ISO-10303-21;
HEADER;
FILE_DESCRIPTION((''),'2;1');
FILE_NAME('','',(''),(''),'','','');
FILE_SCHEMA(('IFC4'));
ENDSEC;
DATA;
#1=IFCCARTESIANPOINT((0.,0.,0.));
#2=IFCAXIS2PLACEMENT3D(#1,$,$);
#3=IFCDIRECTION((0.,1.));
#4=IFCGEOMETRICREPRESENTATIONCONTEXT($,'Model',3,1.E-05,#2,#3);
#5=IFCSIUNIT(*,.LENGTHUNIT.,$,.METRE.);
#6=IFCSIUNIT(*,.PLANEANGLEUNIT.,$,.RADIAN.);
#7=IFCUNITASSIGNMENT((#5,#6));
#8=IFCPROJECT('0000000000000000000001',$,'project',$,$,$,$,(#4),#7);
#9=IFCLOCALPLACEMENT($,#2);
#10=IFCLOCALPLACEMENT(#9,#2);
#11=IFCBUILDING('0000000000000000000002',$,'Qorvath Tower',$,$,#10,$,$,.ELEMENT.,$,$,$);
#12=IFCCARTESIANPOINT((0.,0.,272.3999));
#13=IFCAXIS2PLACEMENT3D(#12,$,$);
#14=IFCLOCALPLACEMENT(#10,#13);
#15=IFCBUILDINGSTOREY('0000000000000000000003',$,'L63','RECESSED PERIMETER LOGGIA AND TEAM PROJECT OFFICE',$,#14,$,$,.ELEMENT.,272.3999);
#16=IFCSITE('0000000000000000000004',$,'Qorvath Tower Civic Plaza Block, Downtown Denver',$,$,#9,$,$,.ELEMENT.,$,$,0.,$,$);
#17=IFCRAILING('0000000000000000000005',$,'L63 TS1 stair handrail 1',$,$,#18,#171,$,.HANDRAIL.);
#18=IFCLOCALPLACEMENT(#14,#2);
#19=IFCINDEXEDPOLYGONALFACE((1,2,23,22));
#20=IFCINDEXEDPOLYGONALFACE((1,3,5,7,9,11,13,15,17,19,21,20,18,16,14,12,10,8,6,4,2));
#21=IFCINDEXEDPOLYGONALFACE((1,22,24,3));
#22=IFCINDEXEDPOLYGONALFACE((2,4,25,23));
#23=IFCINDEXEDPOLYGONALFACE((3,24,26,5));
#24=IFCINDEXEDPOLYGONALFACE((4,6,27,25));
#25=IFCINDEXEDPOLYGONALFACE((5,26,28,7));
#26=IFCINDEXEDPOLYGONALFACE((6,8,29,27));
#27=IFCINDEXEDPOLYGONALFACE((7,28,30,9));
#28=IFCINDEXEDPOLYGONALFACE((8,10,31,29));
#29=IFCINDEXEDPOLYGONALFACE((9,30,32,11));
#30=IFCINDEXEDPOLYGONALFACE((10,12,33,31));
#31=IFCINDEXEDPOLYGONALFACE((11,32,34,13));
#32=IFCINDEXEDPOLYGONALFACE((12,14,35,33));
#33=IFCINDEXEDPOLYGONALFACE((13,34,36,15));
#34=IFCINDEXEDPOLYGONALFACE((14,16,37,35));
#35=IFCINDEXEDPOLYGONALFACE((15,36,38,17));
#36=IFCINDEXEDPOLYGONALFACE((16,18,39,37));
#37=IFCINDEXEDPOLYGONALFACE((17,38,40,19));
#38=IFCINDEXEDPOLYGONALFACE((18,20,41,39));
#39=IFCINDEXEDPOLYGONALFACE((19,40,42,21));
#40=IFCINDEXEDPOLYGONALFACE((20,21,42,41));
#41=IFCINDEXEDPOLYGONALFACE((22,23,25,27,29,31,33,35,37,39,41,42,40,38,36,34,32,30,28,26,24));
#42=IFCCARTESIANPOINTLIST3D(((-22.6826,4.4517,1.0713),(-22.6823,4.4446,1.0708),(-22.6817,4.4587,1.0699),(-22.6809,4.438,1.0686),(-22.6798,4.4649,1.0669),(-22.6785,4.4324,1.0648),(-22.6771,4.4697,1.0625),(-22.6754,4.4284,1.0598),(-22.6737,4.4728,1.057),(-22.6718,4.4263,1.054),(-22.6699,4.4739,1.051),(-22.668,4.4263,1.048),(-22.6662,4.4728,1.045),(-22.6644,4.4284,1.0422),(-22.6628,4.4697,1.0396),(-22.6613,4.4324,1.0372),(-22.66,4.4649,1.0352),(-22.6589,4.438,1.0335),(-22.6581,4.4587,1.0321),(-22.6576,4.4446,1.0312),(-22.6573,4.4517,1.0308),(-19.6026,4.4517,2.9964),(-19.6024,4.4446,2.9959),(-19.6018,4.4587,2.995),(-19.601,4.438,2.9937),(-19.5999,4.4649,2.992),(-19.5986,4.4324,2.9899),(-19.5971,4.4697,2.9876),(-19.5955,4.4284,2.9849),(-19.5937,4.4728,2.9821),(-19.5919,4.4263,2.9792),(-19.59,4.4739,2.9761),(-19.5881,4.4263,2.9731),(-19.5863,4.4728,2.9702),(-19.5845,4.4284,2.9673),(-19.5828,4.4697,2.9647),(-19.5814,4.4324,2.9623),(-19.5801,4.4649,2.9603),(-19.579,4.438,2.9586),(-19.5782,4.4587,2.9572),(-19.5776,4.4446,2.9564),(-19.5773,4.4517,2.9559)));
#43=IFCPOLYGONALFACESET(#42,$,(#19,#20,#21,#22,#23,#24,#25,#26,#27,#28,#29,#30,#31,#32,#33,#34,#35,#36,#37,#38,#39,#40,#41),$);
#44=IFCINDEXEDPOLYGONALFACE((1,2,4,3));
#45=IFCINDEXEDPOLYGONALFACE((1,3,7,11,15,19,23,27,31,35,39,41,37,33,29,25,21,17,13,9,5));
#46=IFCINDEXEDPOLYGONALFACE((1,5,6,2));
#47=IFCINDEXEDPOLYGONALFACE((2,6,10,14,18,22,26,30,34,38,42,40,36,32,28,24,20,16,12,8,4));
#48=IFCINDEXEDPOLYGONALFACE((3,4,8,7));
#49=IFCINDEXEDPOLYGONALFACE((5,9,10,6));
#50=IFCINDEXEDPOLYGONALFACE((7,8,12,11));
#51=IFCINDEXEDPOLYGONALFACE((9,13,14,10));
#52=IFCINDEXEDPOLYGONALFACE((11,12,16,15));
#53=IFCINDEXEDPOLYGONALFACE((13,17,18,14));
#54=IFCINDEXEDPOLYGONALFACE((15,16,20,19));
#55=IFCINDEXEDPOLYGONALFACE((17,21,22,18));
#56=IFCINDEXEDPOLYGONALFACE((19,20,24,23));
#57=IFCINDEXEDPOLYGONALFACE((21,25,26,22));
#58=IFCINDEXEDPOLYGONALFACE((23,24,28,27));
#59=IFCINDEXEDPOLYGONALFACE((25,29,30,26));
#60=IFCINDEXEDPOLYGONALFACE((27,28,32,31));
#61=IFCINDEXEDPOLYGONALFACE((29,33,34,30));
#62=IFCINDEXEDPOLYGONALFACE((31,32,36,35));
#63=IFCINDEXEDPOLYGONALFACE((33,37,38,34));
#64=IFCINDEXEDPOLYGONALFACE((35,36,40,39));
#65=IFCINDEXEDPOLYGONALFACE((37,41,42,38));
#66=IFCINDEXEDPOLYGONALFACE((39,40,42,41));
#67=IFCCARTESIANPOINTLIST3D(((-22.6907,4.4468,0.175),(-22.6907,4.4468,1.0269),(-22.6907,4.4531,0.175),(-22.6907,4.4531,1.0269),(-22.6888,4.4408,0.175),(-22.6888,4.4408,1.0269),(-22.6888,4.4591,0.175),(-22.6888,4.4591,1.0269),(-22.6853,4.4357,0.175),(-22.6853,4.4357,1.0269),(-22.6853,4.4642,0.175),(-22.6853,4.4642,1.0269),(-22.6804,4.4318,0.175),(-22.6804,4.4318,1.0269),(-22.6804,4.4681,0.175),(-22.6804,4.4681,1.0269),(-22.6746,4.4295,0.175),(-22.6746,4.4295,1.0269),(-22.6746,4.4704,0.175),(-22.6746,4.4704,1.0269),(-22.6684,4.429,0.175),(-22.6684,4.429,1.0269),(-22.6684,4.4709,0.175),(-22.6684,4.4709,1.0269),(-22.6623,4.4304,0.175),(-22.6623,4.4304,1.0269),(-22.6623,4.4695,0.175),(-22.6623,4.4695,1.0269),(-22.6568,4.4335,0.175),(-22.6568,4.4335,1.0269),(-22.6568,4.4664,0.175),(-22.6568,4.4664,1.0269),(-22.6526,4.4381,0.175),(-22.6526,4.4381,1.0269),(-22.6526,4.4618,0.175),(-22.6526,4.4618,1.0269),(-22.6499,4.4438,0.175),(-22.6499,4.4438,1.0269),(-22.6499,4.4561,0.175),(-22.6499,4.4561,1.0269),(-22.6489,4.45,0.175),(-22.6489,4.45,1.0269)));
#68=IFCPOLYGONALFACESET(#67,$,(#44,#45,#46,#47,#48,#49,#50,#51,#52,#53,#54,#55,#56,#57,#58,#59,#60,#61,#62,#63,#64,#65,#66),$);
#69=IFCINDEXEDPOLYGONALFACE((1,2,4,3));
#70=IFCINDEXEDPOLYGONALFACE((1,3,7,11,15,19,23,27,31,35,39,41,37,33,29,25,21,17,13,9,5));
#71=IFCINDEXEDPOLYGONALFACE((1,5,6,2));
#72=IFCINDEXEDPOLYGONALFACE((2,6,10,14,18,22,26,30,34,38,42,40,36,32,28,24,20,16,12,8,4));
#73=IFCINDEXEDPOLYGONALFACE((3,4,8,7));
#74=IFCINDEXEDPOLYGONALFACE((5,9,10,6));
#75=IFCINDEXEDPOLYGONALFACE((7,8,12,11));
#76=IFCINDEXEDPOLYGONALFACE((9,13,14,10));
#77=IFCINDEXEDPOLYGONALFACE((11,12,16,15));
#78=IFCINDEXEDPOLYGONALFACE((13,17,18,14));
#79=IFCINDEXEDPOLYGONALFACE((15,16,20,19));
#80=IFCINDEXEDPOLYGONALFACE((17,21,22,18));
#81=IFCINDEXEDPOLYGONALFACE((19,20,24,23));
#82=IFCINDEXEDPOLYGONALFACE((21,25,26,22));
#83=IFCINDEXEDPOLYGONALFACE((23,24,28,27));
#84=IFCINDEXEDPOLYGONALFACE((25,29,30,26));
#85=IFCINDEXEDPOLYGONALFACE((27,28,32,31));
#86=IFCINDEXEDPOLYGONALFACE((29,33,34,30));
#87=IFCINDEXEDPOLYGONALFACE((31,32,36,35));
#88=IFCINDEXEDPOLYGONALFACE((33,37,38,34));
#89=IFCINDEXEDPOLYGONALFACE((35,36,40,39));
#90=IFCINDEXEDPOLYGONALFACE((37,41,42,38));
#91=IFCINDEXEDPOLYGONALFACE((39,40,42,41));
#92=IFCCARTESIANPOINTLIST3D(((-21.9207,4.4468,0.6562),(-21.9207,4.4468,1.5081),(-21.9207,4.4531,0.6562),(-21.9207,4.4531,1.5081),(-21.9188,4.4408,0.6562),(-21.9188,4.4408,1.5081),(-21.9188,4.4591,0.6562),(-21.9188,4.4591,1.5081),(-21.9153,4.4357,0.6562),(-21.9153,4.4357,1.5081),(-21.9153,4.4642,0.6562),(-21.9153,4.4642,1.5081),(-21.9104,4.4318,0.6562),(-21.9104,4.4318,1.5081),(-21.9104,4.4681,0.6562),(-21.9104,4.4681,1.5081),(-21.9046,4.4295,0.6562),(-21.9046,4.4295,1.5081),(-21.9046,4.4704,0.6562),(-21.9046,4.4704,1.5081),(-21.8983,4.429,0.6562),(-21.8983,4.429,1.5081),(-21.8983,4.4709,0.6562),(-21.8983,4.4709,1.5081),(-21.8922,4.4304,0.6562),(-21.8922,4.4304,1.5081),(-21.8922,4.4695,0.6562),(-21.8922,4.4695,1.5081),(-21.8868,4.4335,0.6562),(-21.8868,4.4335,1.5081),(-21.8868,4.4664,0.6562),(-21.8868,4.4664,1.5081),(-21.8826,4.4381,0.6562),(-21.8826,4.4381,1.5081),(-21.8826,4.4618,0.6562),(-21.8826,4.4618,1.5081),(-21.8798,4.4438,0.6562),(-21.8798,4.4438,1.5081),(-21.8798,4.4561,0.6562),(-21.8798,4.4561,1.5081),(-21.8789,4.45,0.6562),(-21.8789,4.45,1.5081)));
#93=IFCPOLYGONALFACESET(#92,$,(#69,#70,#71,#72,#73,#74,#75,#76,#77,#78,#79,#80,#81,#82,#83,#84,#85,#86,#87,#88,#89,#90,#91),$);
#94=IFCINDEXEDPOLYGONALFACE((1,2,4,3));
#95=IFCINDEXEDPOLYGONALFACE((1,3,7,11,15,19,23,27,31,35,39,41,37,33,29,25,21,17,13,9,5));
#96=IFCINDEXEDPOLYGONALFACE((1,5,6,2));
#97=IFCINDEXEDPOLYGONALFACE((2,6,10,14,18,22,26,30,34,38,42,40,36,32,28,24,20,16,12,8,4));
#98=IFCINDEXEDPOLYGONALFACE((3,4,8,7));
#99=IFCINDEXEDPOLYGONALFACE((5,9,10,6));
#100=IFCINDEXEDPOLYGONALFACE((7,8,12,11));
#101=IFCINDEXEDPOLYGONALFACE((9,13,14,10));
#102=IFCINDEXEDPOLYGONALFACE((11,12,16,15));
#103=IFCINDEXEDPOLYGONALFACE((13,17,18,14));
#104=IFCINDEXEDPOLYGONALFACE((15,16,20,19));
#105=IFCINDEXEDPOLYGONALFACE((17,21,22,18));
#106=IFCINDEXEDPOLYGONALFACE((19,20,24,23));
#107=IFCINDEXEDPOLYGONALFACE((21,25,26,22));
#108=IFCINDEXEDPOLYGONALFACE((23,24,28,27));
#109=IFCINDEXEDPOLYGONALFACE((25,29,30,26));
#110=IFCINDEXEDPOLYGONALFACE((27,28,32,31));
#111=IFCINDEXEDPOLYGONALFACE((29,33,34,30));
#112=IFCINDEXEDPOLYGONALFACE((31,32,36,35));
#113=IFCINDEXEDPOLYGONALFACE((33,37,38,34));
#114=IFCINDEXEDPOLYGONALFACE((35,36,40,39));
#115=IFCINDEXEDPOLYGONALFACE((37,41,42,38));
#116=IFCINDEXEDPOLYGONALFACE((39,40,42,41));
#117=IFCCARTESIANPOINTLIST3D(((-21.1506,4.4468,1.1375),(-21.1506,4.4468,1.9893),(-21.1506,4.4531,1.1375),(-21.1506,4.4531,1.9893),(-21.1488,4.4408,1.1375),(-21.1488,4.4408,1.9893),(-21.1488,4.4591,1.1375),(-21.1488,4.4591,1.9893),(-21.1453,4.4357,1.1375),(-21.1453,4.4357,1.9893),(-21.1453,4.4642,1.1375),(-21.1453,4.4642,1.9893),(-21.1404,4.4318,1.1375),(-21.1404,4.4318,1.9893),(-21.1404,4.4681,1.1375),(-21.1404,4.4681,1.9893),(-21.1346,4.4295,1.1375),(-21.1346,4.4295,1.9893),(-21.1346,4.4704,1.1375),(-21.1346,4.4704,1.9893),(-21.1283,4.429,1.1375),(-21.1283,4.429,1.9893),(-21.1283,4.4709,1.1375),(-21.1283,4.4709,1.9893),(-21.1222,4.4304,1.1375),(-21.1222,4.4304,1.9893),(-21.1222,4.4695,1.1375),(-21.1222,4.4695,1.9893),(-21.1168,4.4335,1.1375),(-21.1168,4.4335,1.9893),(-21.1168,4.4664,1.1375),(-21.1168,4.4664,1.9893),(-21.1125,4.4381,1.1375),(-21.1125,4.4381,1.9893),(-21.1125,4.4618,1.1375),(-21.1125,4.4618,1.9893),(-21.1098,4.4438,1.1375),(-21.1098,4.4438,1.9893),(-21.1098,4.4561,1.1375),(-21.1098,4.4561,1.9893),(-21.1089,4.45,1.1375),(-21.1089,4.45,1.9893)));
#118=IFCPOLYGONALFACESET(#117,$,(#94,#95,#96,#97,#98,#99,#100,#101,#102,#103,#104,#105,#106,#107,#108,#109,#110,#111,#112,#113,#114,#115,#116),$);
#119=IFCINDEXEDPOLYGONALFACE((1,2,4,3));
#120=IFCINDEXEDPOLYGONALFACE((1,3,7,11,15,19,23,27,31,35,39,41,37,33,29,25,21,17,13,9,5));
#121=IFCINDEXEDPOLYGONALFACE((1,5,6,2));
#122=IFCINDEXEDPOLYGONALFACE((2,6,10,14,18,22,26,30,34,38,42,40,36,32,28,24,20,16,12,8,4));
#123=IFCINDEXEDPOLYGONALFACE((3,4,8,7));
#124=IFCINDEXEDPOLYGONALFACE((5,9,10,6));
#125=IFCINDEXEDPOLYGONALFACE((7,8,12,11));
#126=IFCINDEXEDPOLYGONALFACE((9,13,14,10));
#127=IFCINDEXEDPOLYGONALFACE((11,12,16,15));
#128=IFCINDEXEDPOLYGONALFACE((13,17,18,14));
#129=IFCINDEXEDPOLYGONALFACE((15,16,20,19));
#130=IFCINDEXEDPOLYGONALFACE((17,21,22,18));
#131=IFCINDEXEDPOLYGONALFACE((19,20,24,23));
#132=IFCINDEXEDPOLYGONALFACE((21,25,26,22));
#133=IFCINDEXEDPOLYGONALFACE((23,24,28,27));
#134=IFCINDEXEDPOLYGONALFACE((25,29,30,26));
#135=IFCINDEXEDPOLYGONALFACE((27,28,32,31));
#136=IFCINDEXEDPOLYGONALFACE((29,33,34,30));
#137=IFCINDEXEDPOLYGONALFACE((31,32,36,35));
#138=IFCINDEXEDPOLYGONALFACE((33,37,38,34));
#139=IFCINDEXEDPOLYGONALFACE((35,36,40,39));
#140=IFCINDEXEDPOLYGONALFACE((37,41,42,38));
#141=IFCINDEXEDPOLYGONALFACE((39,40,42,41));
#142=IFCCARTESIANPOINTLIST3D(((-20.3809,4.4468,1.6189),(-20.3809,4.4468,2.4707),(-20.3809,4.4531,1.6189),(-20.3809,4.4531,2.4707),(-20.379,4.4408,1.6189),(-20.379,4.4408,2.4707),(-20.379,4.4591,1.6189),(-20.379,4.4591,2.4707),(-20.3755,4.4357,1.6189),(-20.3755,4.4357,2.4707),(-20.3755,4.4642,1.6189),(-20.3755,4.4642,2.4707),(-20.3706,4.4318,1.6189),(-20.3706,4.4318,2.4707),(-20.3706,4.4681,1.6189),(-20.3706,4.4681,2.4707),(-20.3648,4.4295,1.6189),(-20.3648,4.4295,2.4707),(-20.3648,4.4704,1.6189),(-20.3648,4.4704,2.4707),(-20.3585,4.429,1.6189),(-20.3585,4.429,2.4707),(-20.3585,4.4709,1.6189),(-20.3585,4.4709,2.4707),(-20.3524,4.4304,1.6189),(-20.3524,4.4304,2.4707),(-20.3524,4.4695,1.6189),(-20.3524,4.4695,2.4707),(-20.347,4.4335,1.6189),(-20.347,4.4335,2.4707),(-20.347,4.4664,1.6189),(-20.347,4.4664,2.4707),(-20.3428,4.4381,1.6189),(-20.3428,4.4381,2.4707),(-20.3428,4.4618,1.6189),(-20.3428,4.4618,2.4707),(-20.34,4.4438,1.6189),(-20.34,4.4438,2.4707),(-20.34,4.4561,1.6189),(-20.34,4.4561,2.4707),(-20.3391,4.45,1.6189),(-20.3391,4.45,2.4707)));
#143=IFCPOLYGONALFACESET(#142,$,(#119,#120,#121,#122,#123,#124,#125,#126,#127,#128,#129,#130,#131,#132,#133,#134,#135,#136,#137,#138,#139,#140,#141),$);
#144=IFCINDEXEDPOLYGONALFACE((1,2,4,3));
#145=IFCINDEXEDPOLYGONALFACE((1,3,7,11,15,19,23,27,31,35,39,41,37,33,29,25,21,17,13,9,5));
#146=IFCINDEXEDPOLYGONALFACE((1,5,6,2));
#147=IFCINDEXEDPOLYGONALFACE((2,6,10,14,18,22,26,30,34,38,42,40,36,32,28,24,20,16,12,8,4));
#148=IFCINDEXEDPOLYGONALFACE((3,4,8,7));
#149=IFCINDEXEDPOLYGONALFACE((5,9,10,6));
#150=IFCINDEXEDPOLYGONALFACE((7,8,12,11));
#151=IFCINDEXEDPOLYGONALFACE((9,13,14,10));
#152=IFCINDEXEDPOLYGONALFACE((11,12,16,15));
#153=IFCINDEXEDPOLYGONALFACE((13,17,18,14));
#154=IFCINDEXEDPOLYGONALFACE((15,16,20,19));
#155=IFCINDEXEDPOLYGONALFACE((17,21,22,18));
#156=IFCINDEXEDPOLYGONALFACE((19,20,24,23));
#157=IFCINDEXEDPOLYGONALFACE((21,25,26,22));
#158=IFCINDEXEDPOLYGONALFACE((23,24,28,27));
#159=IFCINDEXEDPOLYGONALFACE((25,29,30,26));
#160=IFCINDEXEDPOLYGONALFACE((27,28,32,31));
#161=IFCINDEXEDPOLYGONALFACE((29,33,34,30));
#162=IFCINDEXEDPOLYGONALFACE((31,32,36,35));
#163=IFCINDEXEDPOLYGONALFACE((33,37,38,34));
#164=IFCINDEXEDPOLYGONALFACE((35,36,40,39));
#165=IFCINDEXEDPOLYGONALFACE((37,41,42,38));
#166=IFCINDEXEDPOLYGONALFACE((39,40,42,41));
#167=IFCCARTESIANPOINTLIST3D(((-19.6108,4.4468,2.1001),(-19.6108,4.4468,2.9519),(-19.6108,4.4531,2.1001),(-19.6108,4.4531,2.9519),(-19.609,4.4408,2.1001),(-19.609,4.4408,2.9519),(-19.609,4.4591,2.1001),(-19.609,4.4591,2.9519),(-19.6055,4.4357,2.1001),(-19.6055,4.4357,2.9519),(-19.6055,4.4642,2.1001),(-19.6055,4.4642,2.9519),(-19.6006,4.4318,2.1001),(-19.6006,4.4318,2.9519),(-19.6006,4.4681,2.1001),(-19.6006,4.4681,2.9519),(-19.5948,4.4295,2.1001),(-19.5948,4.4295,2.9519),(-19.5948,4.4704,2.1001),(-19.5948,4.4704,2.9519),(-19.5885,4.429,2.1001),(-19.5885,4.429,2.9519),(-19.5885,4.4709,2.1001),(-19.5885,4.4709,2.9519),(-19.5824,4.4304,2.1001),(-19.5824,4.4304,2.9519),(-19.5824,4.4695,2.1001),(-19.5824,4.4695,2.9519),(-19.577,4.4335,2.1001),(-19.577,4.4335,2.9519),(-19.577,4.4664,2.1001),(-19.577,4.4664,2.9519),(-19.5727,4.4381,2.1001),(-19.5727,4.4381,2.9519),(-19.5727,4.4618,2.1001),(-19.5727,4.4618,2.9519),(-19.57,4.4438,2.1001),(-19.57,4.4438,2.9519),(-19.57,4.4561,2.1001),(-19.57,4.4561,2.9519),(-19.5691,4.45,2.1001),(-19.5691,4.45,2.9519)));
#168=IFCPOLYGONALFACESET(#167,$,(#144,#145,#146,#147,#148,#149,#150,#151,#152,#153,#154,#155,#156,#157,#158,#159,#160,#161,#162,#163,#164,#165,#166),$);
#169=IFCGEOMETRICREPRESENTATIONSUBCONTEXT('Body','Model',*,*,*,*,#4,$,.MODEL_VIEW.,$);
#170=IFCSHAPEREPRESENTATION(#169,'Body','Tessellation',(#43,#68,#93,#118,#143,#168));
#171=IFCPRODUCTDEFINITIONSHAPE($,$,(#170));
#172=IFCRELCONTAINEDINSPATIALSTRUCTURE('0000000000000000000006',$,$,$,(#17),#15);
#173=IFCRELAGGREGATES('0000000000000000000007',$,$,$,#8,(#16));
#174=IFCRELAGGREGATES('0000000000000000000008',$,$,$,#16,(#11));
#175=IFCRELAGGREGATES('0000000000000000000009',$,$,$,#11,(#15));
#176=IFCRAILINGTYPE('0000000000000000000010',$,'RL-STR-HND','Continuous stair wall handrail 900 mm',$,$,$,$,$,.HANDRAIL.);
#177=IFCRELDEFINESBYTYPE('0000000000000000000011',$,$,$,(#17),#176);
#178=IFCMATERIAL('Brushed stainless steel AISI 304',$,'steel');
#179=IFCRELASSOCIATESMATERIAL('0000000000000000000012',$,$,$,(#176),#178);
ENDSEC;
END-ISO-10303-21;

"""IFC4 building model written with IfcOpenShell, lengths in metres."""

from ifc_helpers import new_model, si_unit, direction, frame, origin, origin_2d, place, context, subcontext, project, spatial, circle, extrude, material, type_object, element, save


model = new_model("IFC4")

# Units and contexts
model_context = context("Model", 3, precision=1e-05, world=origin(), true_north=direction((0.0, 1.0)))
body_context = subcontext(model_context, "Body", "Model", "MODEL_VIEW")
ifc_project = project(units=[si_unit("LENGTHUNIT", "METRE"), si_unit("PLANEANGLEUNIT", "RADIAN")], contexts=[model_context])

# Site, building, storey
site_placement = place(None, origin())
site = spatial("IfcSite", under=ifc_project, at=site_placement, Name="Qorvath Tower Civic Plaza Block, Downtown Denver", CompositionType="ELEMENT", RefElevation=0.0)
building_placement = place(site_placement, origin())
building = spatial("IfcBuilding", under=site, at=building_placement, Name="Qorvath Tower", CompositionType="ELEMENT")
storey_placement = place(building_placement, frame((0.0, 0.0, 272.3999)))
storey = spatial("IfcBuildingStorey", under=building, at=storey_placement, Name="L63", Description="RECESSED PERIMETER LOGGIA AND TEAM PROJECT OFFICE", CompositionType="ELEMENT", Elevation=272.3999)

# Railing
ifc_material_1 = material(Name="Brushed stainless steel AISI 304", Category="steel")
railing_type_1 = type_object("IfcRailingType", Name="RL-STR-HND", Description="Continuous stair wall handrail 900 mm", PredefinedType="HANDRAIL", material=ifc_material_1)
railing_1_placement = place(storey_placement, frame((-22.6699, 4.45, 0.175)))
element("IfcRailing", 1, at=railing_1_placement, inside=storey, type_object=railing_type_1, Name="L63 TS1 stair handrail 1", PredefinedType="HANDRAIL", context=body_context, shape_type="SweptSolid", body=[
    extrude(circle(Radius=0.0239, at=origin_2d()), frame((0.0, 0.0, 0.876), z_axis=(0.847979, 0.0, 0.530029), x_axis=(0.0, 1.0, 0.0)), (0.0, 0.0, 1.0), 3.6321),
    extrude(circle(Radius=0.021, at=origin_2d()), origin(), (0.0, 0.0, 1.0), 0.8518),
    extrude(circle(Radius=0.021, at=origin_2d()), frame((0.77, 0.0, 0.4812)), (0.0, 0.0, 1.0), 0.8518),
    extrude(circle(Radius=0.021, at=origin_2d()), frame((1.54, 0.0, 0.9624)), (0.0, 0.0, 1.0), 0.8518),
    extrude(circle(Radius=0.021, at=origin_2d()), frame((2.3098, 0.0, 1.4438)), (0.0, 0.0, 1.0), 0.8518),
    extrude(circle(Radius=0.021, at=origin_2d()), frame((3.0798, 0.0, 1.925)), (0.0, 0.0, 1.0), 0.8518),
])

save(model, "model.ifc")
